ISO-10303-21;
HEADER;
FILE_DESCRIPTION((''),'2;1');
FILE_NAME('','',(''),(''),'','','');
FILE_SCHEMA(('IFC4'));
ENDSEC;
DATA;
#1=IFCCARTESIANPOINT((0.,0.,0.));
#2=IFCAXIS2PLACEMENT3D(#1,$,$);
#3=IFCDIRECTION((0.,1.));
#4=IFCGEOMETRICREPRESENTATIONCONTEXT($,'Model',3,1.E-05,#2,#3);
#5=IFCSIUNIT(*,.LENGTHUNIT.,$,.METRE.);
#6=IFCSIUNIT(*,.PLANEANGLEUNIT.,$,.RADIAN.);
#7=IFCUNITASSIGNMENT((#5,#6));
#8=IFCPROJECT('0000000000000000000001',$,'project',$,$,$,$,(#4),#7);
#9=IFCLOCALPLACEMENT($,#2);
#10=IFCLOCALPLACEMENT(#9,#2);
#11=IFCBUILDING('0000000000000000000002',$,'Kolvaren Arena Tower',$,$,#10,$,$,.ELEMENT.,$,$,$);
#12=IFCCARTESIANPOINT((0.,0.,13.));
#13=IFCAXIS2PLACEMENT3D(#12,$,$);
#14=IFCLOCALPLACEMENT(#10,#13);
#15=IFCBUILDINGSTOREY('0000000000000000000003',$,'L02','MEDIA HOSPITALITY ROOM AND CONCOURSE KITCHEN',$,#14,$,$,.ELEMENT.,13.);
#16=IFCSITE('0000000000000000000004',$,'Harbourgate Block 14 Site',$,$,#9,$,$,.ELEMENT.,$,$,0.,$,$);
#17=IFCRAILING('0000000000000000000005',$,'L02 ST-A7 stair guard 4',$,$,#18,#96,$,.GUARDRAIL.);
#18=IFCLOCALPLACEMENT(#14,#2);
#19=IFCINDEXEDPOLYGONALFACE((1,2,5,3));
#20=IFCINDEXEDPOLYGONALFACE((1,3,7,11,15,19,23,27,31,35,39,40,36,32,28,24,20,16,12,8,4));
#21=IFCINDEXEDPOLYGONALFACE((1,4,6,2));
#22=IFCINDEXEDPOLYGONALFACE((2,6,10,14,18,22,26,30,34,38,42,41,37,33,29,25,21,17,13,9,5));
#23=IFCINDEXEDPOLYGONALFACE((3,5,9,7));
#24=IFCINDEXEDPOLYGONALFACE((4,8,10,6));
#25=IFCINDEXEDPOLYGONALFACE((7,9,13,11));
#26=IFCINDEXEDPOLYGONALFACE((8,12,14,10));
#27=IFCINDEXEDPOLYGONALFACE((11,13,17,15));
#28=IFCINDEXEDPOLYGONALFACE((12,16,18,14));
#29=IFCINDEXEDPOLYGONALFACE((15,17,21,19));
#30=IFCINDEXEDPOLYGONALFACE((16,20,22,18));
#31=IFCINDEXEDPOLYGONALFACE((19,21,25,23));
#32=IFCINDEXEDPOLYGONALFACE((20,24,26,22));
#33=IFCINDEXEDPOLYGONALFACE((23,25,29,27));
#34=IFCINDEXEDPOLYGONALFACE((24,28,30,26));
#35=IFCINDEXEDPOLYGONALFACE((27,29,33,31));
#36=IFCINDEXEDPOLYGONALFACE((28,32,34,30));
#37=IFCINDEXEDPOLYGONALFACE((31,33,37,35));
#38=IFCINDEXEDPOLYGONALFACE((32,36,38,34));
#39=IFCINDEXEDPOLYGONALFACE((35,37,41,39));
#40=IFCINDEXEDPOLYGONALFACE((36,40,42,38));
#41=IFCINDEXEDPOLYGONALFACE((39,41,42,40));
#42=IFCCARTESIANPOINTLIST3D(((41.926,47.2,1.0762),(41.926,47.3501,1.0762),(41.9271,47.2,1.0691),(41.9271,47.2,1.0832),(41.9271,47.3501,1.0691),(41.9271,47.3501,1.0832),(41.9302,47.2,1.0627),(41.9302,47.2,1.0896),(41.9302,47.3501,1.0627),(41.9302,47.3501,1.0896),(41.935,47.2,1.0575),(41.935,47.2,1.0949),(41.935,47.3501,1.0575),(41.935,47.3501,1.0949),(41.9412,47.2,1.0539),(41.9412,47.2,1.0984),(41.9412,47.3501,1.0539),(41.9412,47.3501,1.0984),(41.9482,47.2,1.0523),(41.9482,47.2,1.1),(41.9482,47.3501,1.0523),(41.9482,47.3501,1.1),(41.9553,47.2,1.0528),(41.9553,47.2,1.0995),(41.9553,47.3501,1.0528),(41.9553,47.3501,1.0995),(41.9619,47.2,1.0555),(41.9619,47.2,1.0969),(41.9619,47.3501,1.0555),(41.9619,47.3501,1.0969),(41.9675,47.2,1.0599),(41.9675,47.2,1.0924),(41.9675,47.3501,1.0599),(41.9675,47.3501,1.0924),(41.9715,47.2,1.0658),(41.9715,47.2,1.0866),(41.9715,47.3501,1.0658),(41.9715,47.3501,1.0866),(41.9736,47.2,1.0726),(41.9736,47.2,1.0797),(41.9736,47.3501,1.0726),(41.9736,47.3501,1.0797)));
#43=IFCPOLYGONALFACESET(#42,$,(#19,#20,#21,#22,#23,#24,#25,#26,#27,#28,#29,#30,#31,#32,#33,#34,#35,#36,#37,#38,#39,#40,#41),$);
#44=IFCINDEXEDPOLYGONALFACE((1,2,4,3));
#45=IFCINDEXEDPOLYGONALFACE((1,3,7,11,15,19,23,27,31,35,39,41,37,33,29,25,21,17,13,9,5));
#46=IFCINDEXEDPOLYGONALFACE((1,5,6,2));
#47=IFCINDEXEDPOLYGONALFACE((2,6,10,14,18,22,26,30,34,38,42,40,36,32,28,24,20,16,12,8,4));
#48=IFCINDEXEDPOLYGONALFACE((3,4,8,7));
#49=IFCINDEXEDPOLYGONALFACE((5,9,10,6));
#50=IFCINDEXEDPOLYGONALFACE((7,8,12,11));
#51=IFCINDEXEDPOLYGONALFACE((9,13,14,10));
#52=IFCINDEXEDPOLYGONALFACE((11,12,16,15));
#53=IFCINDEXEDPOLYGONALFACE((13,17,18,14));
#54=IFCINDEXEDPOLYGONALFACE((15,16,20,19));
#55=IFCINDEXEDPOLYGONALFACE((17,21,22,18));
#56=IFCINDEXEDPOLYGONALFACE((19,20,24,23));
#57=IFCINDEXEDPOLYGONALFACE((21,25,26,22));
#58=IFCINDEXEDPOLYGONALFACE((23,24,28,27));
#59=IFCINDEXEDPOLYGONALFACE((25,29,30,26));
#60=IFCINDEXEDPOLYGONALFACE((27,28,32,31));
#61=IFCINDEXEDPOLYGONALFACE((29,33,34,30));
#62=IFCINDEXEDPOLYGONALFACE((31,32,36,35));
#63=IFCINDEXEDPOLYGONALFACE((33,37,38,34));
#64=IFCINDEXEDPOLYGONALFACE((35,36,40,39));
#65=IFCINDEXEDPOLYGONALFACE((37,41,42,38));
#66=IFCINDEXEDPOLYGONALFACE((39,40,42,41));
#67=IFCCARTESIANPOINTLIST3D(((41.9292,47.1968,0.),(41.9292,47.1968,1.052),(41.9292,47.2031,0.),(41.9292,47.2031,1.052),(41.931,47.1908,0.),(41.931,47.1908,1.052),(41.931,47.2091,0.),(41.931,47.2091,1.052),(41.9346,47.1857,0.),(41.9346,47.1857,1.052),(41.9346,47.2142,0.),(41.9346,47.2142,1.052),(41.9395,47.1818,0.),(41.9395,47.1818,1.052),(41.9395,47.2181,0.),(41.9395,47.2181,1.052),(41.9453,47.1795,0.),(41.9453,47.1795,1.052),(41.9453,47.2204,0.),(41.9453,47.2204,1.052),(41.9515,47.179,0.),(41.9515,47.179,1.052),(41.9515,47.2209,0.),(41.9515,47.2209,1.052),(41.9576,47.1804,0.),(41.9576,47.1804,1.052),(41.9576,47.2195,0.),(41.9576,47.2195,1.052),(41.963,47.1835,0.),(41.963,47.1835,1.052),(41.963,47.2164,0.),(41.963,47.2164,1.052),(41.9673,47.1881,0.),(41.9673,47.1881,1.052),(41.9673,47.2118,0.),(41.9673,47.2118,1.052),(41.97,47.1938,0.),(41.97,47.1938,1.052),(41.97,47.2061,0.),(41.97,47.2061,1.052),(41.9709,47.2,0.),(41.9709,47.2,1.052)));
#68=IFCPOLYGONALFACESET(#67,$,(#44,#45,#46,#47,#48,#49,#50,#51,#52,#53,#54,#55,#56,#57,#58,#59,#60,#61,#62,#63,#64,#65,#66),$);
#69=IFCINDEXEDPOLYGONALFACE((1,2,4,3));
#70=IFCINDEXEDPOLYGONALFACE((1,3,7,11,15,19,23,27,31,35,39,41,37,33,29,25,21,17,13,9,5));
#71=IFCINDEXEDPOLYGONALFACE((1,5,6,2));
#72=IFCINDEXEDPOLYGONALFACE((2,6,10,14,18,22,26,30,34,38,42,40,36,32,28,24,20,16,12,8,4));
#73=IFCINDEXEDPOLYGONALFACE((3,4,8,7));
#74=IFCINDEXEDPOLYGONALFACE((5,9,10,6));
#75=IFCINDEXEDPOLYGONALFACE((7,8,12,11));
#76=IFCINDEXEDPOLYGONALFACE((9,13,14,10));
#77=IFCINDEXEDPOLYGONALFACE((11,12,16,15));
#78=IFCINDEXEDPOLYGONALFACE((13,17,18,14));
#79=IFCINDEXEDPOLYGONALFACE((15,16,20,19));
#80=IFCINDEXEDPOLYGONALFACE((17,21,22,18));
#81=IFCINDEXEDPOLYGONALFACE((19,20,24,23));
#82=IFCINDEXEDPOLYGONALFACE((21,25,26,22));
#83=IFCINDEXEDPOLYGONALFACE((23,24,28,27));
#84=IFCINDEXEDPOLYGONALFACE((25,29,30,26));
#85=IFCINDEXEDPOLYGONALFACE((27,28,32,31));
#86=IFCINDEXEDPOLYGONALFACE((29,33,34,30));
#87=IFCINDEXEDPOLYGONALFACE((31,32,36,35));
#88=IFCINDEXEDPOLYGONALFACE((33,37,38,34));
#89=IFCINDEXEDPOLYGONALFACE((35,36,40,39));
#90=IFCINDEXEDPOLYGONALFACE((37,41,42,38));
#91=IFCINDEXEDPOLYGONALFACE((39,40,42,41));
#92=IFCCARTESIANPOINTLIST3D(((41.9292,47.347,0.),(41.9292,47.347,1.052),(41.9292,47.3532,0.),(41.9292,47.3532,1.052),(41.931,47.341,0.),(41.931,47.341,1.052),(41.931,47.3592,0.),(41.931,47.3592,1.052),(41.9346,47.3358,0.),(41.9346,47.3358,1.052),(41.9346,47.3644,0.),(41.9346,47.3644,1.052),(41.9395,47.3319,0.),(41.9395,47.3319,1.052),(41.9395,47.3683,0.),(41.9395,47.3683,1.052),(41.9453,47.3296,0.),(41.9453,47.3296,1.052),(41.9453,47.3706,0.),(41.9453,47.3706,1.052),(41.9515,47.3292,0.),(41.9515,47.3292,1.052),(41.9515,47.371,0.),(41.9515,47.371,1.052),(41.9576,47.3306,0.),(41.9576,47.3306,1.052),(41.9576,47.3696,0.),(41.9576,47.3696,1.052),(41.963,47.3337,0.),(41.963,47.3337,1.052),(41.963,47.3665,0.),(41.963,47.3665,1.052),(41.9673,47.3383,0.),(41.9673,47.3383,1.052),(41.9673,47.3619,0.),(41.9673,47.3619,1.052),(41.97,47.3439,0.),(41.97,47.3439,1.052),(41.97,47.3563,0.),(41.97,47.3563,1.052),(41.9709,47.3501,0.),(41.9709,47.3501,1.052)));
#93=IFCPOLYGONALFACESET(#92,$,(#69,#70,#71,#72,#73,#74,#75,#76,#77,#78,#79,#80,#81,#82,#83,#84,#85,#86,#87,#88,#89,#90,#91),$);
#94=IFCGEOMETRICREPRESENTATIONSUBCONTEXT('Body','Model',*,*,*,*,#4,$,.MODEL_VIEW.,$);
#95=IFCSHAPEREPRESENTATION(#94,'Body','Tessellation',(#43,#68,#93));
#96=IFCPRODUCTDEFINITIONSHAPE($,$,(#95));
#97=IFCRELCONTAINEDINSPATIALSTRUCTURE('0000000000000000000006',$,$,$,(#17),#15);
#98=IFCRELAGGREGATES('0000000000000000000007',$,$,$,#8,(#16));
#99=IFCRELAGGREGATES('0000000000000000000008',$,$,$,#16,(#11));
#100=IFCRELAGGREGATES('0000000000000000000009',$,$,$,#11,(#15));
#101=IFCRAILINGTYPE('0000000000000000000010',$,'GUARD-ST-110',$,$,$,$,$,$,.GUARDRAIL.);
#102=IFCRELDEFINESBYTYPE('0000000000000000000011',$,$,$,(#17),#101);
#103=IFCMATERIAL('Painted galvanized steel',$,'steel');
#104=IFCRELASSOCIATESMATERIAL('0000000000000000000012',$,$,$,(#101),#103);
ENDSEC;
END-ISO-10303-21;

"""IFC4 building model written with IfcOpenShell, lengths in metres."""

from ifc_helpers import new_model, si_unit, direction, frame, origin, origin_2d, place, context, subcontext, project, spatial, circle, extrude, material, type_object, element, save


model = new_model("IFC4")

# Units and contexts
model_context = context("Model", 3, precision=1e-05, world=origin(), true_north=direction((0.0, 1.0)))
body_context = subcontext(model_context, "Body", "Model", "MODEL_VIEW")
ifc_project = project(units=[si_unit("LENGTHUNIT", "METRE"), si_unit("PLANEANGLEUNIT", "RADIAN")], contexts=[model_context])

# Site, building, storey
site_placement = place(None, origin())
site = spatial("IfcSite", under=ifc_project, at=site_placement, Name="Harbourgate Block 14 Site", CompositionType="ELEMENT", RefElevation=0.0)
building_placement = place(site_placement, origin())
building = spatial("IfcBuilding", under=site, at=building_placement, Name="Kolvaren Arena Tower", CompositionType="ELEMENT")
storey_placement = place(building_placement, frame((0.0, 0.0, 13.0)))
storey = spatial("IfcBuildingStorey", under=building, at=storey_placement, Name="L02", Description="MEDIA HOSPITALITY ROOM AND CONCOURSE KITCHEN", CompositionType="ELEMENT", Elevation=13.0)

# Railing
ifc_material_1 = material(Name="Painted galvanized steel", Category="steel")
railing_type_1 = type_object("IfcRailingType", Name="GUARD-ST-110", PredefinedType="GUARDRAIL", material=ifc_material_1)
railing_1_placement = place(storey_placement, frame((41.95, 47.2, 0.0)))
element("IfcRailing", 1, at=railing_1_placement, inside=storey, type_object=railing_type_1, Name="L02 ST-A7 stair guard 4", PredefinedType="GUARDRAIL", context=body_context, shape_type="SweptSolid", body=[
    extrude(circle(Radius=0.0239, at=origin_2d()), frame((0.0, 0.0, 1.0762), z_axis=(0.0, 1.0, 0.0), x_axis=(-1.0, 0.0, 0.0)), (0.0, 0.0, 1.0), 0.1501),
    extrude(circle(Radius=0.021, at=origin_2d()), origin(), (0.0, 0.0, 1.0), 1.052),
    extrude(circle(Radius=0.021, at=origin_2d()), frame((0.0, 0.1501, 0.0)), (0.0, 0.0, 1.0), 1.052),
])

save(model, "model.ifc")
